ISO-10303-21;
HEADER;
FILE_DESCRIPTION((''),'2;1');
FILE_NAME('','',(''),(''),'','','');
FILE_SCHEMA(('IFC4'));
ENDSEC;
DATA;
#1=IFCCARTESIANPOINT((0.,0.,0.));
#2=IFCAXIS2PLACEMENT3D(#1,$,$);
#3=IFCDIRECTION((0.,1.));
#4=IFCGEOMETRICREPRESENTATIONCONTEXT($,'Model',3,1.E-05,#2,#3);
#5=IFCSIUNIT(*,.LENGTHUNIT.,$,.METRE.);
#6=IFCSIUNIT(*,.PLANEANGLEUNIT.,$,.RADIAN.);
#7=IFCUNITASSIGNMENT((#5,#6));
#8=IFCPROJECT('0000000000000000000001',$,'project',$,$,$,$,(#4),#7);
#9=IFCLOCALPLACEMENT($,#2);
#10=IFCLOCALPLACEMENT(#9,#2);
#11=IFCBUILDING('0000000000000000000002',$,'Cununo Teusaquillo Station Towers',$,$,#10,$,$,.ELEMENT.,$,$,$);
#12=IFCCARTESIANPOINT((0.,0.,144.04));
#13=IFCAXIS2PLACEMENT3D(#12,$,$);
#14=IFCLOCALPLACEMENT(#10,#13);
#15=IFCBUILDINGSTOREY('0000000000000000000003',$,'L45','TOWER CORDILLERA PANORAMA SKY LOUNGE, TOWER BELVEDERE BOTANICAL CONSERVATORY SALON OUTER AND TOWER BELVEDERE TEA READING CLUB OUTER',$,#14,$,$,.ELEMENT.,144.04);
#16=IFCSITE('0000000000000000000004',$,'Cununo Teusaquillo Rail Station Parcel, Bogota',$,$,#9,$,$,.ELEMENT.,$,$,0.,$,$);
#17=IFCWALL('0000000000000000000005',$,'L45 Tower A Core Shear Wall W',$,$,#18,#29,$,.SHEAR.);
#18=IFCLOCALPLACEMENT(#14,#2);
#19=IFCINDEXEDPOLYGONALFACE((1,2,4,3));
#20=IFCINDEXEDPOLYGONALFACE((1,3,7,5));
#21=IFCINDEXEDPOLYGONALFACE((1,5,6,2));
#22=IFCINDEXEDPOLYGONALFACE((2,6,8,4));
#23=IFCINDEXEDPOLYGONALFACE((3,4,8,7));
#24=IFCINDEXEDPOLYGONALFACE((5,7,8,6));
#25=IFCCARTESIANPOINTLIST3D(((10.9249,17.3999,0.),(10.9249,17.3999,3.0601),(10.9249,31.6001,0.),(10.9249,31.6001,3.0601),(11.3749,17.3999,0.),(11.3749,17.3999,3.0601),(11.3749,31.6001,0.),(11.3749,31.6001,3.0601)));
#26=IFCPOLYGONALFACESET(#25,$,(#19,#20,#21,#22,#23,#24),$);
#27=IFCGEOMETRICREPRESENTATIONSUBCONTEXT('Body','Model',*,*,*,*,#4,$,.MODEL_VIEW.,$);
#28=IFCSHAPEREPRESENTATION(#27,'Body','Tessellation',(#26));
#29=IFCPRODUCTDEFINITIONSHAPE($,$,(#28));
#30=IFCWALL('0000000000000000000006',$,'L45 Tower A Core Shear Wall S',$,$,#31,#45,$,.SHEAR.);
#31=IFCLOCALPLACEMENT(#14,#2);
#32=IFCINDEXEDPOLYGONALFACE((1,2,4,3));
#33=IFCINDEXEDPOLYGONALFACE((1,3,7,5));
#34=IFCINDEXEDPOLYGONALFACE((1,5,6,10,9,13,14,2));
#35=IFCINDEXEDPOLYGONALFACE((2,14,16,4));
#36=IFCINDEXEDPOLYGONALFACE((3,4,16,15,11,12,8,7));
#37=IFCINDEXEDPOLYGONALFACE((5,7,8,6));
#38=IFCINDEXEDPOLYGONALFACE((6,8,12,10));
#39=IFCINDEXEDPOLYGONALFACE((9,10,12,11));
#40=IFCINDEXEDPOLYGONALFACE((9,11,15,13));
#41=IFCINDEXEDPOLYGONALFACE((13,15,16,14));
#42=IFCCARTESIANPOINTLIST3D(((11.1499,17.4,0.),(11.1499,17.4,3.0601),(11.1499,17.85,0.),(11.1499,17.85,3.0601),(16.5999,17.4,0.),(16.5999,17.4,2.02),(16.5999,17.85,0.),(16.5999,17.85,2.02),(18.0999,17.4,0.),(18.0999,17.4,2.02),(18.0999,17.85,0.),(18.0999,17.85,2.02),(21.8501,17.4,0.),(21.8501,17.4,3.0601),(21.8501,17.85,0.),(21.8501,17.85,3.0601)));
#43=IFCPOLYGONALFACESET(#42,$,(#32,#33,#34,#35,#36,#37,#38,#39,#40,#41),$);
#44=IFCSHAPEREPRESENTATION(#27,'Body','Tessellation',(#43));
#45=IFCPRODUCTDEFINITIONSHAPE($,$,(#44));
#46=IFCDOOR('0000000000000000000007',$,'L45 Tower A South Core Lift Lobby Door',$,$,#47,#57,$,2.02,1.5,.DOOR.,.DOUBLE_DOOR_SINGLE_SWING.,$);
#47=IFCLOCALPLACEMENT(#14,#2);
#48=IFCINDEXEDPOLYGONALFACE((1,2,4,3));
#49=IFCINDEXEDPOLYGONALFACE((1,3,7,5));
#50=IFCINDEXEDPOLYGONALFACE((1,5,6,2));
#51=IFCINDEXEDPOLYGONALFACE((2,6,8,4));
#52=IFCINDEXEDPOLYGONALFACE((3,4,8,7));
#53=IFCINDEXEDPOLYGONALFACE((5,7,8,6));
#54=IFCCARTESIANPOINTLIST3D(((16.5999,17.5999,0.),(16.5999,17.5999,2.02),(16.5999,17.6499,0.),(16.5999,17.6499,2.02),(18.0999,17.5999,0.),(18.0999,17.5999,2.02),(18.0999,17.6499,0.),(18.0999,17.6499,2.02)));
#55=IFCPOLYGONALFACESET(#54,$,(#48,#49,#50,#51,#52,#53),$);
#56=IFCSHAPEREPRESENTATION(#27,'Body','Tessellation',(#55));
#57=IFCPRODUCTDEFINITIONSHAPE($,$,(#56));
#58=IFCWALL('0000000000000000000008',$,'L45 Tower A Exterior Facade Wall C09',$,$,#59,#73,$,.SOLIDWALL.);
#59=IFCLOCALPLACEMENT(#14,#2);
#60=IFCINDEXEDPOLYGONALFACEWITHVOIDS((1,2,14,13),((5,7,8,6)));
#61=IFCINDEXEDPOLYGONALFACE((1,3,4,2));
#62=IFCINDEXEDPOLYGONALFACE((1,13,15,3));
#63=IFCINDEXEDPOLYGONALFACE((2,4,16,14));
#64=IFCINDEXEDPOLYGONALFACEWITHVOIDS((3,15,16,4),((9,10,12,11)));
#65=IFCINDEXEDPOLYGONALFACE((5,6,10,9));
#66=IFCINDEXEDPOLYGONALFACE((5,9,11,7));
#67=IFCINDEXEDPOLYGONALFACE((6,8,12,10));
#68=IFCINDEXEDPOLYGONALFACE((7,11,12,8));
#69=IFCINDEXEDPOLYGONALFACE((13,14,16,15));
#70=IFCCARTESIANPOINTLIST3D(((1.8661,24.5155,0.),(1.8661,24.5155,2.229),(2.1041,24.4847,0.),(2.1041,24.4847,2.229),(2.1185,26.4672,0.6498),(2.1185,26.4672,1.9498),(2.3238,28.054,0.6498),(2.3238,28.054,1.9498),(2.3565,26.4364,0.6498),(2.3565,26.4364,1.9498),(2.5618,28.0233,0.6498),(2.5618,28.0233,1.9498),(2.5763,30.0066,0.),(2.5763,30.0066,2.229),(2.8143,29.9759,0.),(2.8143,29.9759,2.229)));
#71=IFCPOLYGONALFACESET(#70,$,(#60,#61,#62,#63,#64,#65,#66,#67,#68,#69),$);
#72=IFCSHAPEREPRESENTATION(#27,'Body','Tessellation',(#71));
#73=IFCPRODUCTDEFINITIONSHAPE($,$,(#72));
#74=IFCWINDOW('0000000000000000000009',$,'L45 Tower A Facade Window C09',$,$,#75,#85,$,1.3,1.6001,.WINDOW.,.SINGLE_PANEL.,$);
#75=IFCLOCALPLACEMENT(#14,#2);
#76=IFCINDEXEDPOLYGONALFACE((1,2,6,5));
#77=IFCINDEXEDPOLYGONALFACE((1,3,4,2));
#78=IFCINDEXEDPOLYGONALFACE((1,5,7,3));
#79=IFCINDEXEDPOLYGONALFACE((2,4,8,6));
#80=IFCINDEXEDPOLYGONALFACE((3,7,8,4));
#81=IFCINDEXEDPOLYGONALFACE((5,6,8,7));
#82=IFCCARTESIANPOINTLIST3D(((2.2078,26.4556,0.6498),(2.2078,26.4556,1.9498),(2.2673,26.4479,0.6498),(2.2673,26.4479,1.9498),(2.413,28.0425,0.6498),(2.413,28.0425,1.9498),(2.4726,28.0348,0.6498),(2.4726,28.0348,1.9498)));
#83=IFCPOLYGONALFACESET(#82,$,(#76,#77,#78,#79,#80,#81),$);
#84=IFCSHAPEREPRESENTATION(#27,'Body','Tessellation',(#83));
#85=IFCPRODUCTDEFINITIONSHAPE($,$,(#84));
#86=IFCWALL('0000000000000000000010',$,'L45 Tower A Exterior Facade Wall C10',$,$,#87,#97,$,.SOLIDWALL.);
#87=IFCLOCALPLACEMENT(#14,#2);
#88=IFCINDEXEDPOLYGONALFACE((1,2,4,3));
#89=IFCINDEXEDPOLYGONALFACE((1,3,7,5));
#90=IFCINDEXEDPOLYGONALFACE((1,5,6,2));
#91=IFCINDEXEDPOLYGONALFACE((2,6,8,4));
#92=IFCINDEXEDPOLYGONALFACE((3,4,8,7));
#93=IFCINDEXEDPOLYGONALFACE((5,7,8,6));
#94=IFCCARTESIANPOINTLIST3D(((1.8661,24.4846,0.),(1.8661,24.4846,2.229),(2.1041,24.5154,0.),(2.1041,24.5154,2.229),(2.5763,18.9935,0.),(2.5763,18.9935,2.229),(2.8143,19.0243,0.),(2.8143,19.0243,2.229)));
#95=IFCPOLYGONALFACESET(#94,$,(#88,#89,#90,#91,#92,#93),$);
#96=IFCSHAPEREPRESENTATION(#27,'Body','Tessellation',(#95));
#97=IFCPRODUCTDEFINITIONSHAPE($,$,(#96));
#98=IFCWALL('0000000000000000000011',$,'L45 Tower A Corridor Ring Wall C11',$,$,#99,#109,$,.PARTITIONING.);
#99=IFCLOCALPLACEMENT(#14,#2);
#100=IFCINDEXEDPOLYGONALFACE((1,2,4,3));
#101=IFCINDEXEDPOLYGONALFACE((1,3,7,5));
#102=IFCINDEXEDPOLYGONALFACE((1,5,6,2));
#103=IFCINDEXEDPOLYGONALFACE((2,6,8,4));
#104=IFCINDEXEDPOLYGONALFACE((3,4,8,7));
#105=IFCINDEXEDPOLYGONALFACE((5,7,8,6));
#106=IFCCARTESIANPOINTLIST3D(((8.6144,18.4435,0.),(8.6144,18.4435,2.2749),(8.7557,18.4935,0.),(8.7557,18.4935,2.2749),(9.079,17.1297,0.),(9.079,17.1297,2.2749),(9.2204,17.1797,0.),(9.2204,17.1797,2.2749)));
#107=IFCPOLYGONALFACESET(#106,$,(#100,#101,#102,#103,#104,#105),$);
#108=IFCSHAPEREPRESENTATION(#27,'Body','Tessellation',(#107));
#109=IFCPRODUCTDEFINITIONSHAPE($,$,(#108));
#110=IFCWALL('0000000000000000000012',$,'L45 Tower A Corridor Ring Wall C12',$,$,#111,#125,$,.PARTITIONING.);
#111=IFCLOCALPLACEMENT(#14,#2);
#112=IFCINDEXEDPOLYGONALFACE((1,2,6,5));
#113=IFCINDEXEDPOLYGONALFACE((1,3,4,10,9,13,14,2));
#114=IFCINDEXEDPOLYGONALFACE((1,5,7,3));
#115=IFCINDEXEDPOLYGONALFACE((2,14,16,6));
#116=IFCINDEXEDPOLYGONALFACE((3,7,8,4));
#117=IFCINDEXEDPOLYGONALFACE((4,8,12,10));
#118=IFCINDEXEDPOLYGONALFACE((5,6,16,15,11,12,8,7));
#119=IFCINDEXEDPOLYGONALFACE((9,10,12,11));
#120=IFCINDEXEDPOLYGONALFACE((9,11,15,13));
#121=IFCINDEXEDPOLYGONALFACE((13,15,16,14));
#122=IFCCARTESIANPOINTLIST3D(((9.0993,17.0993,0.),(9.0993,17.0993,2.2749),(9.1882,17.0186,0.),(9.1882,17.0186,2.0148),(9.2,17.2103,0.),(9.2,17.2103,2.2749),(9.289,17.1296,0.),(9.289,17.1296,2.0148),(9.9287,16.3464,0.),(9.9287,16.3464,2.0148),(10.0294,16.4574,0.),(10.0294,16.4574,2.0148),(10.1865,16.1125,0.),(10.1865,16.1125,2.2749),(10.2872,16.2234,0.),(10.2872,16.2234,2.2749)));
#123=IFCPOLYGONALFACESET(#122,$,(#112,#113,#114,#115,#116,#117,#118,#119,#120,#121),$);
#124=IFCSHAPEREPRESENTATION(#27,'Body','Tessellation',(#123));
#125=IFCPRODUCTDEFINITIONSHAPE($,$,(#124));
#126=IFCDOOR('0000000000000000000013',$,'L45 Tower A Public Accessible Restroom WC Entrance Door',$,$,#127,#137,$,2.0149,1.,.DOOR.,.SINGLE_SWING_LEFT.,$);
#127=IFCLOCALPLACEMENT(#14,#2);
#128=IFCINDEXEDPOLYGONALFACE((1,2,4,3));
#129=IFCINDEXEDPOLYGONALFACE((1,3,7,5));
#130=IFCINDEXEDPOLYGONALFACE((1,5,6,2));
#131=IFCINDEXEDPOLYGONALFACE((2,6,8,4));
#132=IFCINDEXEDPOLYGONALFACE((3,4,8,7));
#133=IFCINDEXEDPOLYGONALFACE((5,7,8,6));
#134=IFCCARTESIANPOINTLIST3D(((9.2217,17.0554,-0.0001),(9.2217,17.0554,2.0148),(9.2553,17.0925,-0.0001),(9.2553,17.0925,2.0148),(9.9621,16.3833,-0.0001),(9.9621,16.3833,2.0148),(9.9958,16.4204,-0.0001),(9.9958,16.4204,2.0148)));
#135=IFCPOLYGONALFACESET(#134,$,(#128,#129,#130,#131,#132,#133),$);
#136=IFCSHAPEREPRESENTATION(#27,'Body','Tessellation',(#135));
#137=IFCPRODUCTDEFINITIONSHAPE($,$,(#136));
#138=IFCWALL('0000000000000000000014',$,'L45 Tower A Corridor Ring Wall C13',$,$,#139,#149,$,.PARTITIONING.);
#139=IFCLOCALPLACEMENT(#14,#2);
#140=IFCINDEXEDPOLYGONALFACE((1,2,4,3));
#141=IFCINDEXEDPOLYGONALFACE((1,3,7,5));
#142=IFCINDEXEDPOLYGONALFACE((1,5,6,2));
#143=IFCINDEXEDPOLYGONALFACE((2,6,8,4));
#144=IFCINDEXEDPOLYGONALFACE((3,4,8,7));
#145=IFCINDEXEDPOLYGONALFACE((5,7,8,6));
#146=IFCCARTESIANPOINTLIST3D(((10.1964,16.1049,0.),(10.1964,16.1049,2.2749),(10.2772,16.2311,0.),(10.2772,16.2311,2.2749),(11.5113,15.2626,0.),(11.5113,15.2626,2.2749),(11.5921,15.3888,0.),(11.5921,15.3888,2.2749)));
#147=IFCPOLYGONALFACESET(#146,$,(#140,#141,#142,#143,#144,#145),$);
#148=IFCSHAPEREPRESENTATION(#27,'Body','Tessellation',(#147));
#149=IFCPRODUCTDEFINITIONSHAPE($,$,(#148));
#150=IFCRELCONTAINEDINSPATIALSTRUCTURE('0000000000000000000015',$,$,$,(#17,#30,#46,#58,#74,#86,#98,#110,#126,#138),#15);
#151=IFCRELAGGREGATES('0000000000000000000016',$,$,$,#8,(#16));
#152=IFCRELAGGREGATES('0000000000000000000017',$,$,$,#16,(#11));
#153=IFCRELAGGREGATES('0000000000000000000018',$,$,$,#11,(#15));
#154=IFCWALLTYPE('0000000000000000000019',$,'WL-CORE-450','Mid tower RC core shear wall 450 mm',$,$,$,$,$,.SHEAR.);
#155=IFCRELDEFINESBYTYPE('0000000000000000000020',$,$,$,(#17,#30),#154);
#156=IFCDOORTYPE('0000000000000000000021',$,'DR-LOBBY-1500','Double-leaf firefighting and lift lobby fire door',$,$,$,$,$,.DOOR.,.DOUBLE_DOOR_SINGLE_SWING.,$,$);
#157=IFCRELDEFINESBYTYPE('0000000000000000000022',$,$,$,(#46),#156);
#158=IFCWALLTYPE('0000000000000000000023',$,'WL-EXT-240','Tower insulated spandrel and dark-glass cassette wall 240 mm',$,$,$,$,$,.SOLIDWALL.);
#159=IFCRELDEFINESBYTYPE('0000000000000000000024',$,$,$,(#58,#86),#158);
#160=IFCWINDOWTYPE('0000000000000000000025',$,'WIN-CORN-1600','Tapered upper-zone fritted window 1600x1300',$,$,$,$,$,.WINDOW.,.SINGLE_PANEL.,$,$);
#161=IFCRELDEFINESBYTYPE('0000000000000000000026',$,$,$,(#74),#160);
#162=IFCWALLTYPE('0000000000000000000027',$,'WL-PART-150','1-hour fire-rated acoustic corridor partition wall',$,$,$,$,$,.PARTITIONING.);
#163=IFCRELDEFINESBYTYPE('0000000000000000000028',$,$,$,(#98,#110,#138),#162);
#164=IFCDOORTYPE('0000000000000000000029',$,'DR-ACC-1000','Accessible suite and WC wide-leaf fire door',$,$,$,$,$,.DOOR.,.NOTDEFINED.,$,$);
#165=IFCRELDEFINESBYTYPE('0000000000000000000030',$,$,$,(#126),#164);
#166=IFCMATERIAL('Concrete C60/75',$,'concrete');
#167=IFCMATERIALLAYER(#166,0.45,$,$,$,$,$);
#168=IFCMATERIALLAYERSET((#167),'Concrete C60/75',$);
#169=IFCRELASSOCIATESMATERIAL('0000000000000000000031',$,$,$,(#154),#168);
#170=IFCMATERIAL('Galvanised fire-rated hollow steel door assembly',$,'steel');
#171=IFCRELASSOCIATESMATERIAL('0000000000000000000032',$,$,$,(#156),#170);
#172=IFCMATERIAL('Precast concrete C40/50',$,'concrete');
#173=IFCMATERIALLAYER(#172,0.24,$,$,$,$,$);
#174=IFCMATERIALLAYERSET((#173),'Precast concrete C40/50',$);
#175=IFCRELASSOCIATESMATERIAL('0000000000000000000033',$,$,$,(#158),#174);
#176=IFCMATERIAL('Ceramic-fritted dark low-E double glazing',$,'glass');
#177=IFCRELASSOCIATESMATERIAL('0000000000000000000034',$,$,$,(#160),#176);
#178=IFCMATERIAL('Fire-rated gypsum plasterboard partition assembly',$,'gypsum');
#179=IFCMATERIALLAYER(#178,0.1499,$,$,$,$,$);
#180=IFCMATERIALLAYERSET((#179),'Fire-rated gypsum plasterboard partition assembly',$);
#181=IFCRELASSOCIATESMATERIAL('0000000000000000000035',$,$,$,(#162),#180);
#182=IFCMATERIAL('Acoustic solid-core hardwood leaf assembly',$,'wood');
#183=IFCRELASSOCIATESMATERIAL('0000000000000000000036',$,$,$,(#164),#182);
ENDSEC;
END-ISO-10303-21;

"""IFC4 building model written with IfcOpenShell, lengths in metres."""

from ifc_helpers import new_model, si_unit, direction, frame, frame_2d, origin, place, context, subcontext, project, spatial, rectangle, extrude, source, transform, mapped, material, layer, layer_set, type_object, element, fill, save


model = new_model("IFC4")

# Units and contexts
model_context = context("Model", 3, precision=1e-05, world=origin(), true_north=direction((0.0, 1.0)))
body_context = subcontext(model_context, "Body", "Model", "MODEL_VIEW")
ifc_project = project(units=[si_unit("LENGTHUNIT", "METRE"), si_unit("PLANEANGLEUNIT", "RADIAN")], contexts=[model_context])

# Site, building, storey
site_placement = place(None, origin())
site = spatial("IfcSite", under=ifc_project, at=site_placement, Name="Cununo Teusaquillo Rail Station Parcel, Bogota", CompositionType="ELEMENT", RefElevation=0.0)
building_placement = place(site_placement, origin())
building = spatial("IfcBuilding", under=site, at=building_placement, Name="Cununo Teusaquillo Station Towers", CompositionType="ELEMENT")
storey_placement = place(building_placement, frame((0.0, 0.0, 144.04)))
storey = spatial("IfcBuildingStorey", under=building, at=storey_placement, Name="L45", Description="TOWER CORDILLERA PANORAMA SKY LOUNGE, TOWER BELVEDERE BOTANICAL CONSERVATORY SALON OUTER AND TOWER BELVEDERE TEA READING CLUB OUTER", CompositionType="ELEMENT", Elevation=144.04)

# Wall
ifc_material_1 = material(Name="Concrete C60/75", Category="concrete")
ifc_layer_1 = layer(ifc_material_1, 0.45)
ifc_layer_set_1 = layer_set([ifc_layer_1], Name="Concrete C60/75")
wall_type_1 = type_object("IfcWallType", Name="WL-CORE-450", Description="Mid tower RC core shear wall 450 mm", PredefinedType="SHEAR", material=ifc_layer_set_1)
wall_1_placement = place(storey_placement, frame((11.1499, 17.3999, 0.0), z_axis=(0.0, 0.0, 1.0), x_axis=(0.0, 1.0, 0.0)))
element("IfcWall", 1, at=wall_1_placement, inside=storey, type_object=wall_type_1, Name="L45 Tower A Core Shear Wall W", PredefinedType="SHEAR", context=body_context, shape_type="SweptSolid", body=[
    extrude(rectangle(XDim=14.2002, YDim=0.45, at=frame_2d((7.1001, 0.0))), origin(), (0.0, 0.0, 1.0), 3.0601),
])

# Wall, opening, door
wall_2_placement = place(storey_placement, frame((11.1499, 17.625, 0.0), z_axis=(0.0, 0.0, 1.0), x_axis=(1.0, 0.0, 0.0)))
wall_2 = element("IfcWall", 2, at=wall_2_placement, inside=storey, type_object=wall_type_1, Name="L45 Tower A Core Shear Wall S", PredefinedType="SHEAR", context=body_context, shape_type="SweptSolid", body=[
    extrude(rectangle(XDim=10.7002, YDim=0.45, at=frame_2d((5.3501, 0.0))), origin(), (0.0, 0.0, 1.0), 3.0601),
])
shared_shape_1 = source(origin(), body_context, "Body", "SweptSolid", [
    extrude(rectangle(XDim=1.5, YDim=2.02, at=frame_2d((0.75, 1.01))), frame((0.0, 0.2349, 0.0), z_axis=(0.0, -1.0, 0.0), x_axis=(1.0, 0.0, 0.0)), (0.0, 0.0, 1.0), 0.47),
])
opening_1_placement = place(wall_2_placement, frame((5.45, 0.0, 0.0)))
opening_1 = element("IfcOpeningElement", 3, at=opening_1_placement, cuts=wall_2, PredefinedType="OPENING", context=body_context, shape_type="MappedRepresentation", body=[
    mapped(shared_shape_1, transform((0.0, 0.0, 0.0), x_axis=(1.0, 0.0, 0.0), y_axis=(0.0, 1.0, 0.0), z_axis=(0.0, 0.0, 1.0), scale=1.0)),
])
ifc_material_2 = material(Name="Galvanised fire-rated hollow steel door assembly", Category="steel")
door_type_1 = type_object("IfcDoorType", Name="DR-LOBBY-1500", Description="Double-leaf firefighting and lift lobby fire door", OperationType="DOUBLE_DOOR_SINGLE_SWING", PredefinedType="DOOR", material=ifc_material_2)
shared_shape_2 = source(origin(), body_context, "Body", "SweptSolid", [
    extrude(rectangle(XDim=1.5, YDim=2.02, at=frame_2d((0.75, 1.01))), frame((0.0, 0.0249, 0.0), z_axis=(0.0, -1.0, 0.0), x_axis=(1.0, 0.0, 0.0)), (0.0, 0.0, 1.0), 0.05),
])
door_1_placement = place(opening_1_placement, origin())
door_1 = element("IfcDoor", 4, at=door_1_placement, inside=storey, type_object=door_type_1, Name="L45 Tower A South Core Lift Lobby Door", OperationType="DOUBLE_DOOR_SINGLE_SWING", OverallHeight=2.02, OverallWidth=1.5, PredefinedType="DOOR", context=body_context, shape_type="MappedRepresentation", body=[
    mapped(shared_shape_2, transform((0.0, 0.0, 0.0), x_axis=(1.0, 0.0, 0.0), y_axis=(0.0, 1.0, 0.0), z_axis=(0.0, 0.0, 1.0), scale=1.0)),
])
fill(opening_1, door_1)

# Wall, opening, window
ifc_material_3 = material(Name="Precast concrete C40/50", Category="concrete")
ifc_layer_2 = layer(ifc_material_3, 0.24)
ifc_layer_set_2 = layer_set([ifc_layer_2], Name="Precast concrete C40/50")
wall_type_2 = type_object("IfcWallType", Name="WL-EXT-240", Description="Tower insulated spandrel and dark-glass cassette wall 240 mm", PredefinedType="SOLIDWALL", material=ifc_layer_set_2)
wall_3_placement = place(storey_placement, frame((1.9851, 24.5, 0.0), z_axis=(0.0, 0.0, 1.0), x_axis=(0.128267, 0.99174, 0.0)))
wall_3 = element("IfcWall", 5, at=wall_3_placement, inside=storey, type_object=wall_type_2, Name="L45 Tower A Exterior Facade Wall C09", PredefinedType="SOLIDWALL", context=body_context, shape_type="SweptSolid", body=[
    extrude(rectangle(XDim=5.5369, YDim=0.24, at=frame_2d((2.7686, 0.0))), origin(), (0.0, 0.0, 1.0), 2.229),
])
shared_shape_3 = source(origin(), body_context, "Body", "SweptSolid", [
    extrude(rectangle(XDim=1.6001, YDim=1.3, at=frame_2d((0.8, 0.6499))), frame((0.0, 0.1299, 0.0), z_axis=(0.0, -1.0, 0.0), x_axis=(1.0, 0.0, 0.0)), (0.0, 0.0, 1.0), 0.26),
])
opening_2_placement = place(wall_3_placement, frame((1.968, 0.0, 0.6499)))
opening_2 = element("IfcOpeningElement", 6, at=opening_2_placement, cuts=wall_3, PredefinedType="OPENING", context=body_context, shape_type="MappedRepresentation", body=[
    mapped(shared_shape_3, transform((0.0, 0.0, 0.0), x_axis=(1.0, 0.0, 0.0), y_axis=(0.0, 1.0, 0.0), z_axis=(0.0, 0.0, 1.0), scale=1.0)),
])
ifc_material_4 = material(Name="Ceramic-fritted dark low-E double glazing", Category="glass")
window_type = type_object("IfcWindowType", Name="WIN-CORN-1600", Description="Tapered upper-zone fritted window 1600x1300", PartitioningType="SINGLE_PANEL", PredefinedType="WINDOW", material=ifc_material_4)
shared_shape_4 = source(origin(), body_context, "Body", "SweptSolid", [
    extrude(rectangle(XDim=1.6001, YDim=1.3, at=frame_2d((0.8, 0.6499))), frame((0.0, 0.03, 0.0), z_axis=(0.0, -1.0, 0.0), x_axis=(1.0, 0.0, 0.0)), (0.0, 0.0, 1.0), 0.0601),
])
window_placement = place(opening_2_placement, origin())
window = element("IfcWindow", 7, at=window_placement, inside=storey, type_object=window_type, Name="L45 Tower A Facade Window C09", OverallHeight=1.3, OverallWidth=1.6001, PartitioningType="SINGLE_PANEL", PredefinedType="WINDOW", context=body_context, shape_type="MappedRepresentation", body=[
    mapped(shared_shape_4, transform((0.0, 0.0, 0.0), x_axis=(1.0, 0.0, 0.0), y_axis=(0.0, 1.0, 0.0), z_axis=(0.0, 0.0, 1.0), scale=1.0)),
])
fill(opening_2, window)

# Walls
wall_4_placement = place(storey_placement, frame((2.6953, 19.0088, 0.0), z_axis=(0.0, 0.0, 1.0), x_axis=(-0.128267, 0.99174, 0.0)))
element("IfcWall", 8, at=wall_4_placement, inside=storey, type_object=wall_type_2, Name="L45 Tower A Exterior Facade Wall C10", PredefinedType="SOLIDWALL", context=body_context, shape_type="SweptSolid", body=[
    extrude(rectangle(XDim=5.5369, YDim=0.24, at=frame_2d((2.7686, 0.0))), origin(), (0.0, 0.0, 1.0), 2.229),
])
ifc_material_5 = material(Name="Fire-rated gypsum plasterboard partition assembly", Category="gypsum")
ifc_layer_3 = layer(ifc_material_5, 0.1499)
ifc_layer_set_3 = layer_set([ifc_layer_3], Name="Fire-rated gypsum plasterboard partition assembly")
wall_type_3 = type_object("IfcWallType", Name="WL-PART-150", Description="1-hour fire-rated acoustic corridor partition wall", PredefinedType="PARTITIONING", material=ifc_layer_set_3)
wall_5_placement = place(storey_placement, frame((8.6851, 18.4685, 0.0), z_axis=(0.0, 0.0, 1.0), x_axis=(0.333416, -0.94278, 0.0)))
element("IfcWall", 9, at=wall_5_placement, inside=storey, type_object=wall_type_3, Name="L45 Tower A Corridor Ring Wall C11", PredefinedType="PARTITIONING", context=body_context, shape_type="SweptSolid", body=[
    extrude(rectangle(XDim=1.3936, YDim=0.1499, at=frame_2d((0.6968, 0.0))), origin(), (0.0, 0.0, 1.0), 2.2749),
])

# Wall, opening, door
wall_6_placement = place(storey_placement, frame((9.1497, 17.1548, 0.0), z_axis=(0.0, 0.0, 1.0), x_axis=(0.740451, -0.67211, 0.0)))
wall_6 = element("IfcWall", 10, at=wall_6_placement, inside=storey, type_object=wall_type_3, Name="L45 Tower A Corridor Ring Wall C12", PredefinedType="PARTITIONING", context=body_context, shape_type="SweptSolid", body=[
    extrude(rectangle(XDim=1.4683, YDim=0.1499, at=frame_2d((0.7341, 0.0))), origin(), (0.0, 0.0, 1.0), 2.2749),
])
shared_shape_5 = source(origin(), body_context, "Body", "SweptSolid", [
    extrude(rectangle(XDim=1.0, YDim=2.0149, at=frame_2d((0.5, 1.0073))), frame((0.0, 0.085, 0.0), z_axis=(0.0, -1.0, 0.0), x_axis=(1.0, 0.0, 0.0)), (0.0, 0.0, 1.0), 0.1699),
])
opening_3_placement = place(wall_6_placement, frame((0.1201, 0.0, 0.0)))
opening_3 = element("IfcOpeningElement", 11, at=opening_3_placement, cuts=wall_6, PredefinedType="OPENING", context=body_context, shape_type="MappedRepresentation", body=[
    mapped(shared_shape_5, transform((0.0, 0.0, 0.0), x_axis=(1.0, 0.0, 0.0), y_axis=(0.0, 1.0, 0.0), z_axis=(0.0, 0.0, 1.0), scale=1.0)),
])
ifc_material_6 = material(Name="Acoustic solid-core hardwood leaf assembly", Category="wood")
door_type_2 = type_object("IfcDoorType", Name="DR-ACC-1000", Description="Accessible suite and WC wide-leaf fire door", OperationType="NOTDEFINED", PredefinedType="DOOR", material=ifc_material_6)
shared_shape_6 = source(origin(), body_context, "Body", "SweptSolid", [
    extrude(rectangle(XDim=1.0, YDim=2.0149, at=frame_2d((0.5, 1.0073))), frame((0.0, 0.0249, 0.0), z_axis=(0.0, -1.0, 0.0), x_axis=(1.0, 0.0, 0.0)), (0.0, 0.0, 1.0), 0.05),
])
door_2_placement = place(opening_3_placement, origin())
door_2 = element("IfcDoor", 12, at=door_2_placement, inside=storey, type_object=door_type_2, Name="L45 Tower A Public Accessible Restroom WC Entrance Door", OperationType="SINGLE_SWING_LEFT", OverallHeight=2.0149, OverallWidth=1.0, PredefinedType="DOOR", context=body_context, shape_type="MappedRepresentation", body=[
    mapped(shared_shape_6, transform((0.0, 0.0, 0.0), x_axis=(1.0, 0.0, 0.0), y_axis=(0.0, 1.0, 0.0), z_axis=(0.0, 0.0, 1.0), scale=1.0)),
])
fill(opening_3, door_2)

# Wall
wall_7_placement = place(storey_placement, frame((10.2368, 16.168, 0.0), z_axis=(0.0, 0.0, 1.0), x_axis=(0.842061, -0.539382, 0.0)))
element("IfcWall", 13, at=wall_7_placement, inside=storey, type_object=wall_type_3, Name="L45 Tower A Corridor Ring Wall C13", PredefinedType="PARTITIONING", context=body_context, shape_type="SweptSolid", body=[
    extrude(rectangle(XDim=1.5615, YDim=0.1499, at=frame_2d((0.7808, 0.0))), origin(), (0.0, 0.0, 1.0), 2.2749),
])

save(model, "model.ifc")
